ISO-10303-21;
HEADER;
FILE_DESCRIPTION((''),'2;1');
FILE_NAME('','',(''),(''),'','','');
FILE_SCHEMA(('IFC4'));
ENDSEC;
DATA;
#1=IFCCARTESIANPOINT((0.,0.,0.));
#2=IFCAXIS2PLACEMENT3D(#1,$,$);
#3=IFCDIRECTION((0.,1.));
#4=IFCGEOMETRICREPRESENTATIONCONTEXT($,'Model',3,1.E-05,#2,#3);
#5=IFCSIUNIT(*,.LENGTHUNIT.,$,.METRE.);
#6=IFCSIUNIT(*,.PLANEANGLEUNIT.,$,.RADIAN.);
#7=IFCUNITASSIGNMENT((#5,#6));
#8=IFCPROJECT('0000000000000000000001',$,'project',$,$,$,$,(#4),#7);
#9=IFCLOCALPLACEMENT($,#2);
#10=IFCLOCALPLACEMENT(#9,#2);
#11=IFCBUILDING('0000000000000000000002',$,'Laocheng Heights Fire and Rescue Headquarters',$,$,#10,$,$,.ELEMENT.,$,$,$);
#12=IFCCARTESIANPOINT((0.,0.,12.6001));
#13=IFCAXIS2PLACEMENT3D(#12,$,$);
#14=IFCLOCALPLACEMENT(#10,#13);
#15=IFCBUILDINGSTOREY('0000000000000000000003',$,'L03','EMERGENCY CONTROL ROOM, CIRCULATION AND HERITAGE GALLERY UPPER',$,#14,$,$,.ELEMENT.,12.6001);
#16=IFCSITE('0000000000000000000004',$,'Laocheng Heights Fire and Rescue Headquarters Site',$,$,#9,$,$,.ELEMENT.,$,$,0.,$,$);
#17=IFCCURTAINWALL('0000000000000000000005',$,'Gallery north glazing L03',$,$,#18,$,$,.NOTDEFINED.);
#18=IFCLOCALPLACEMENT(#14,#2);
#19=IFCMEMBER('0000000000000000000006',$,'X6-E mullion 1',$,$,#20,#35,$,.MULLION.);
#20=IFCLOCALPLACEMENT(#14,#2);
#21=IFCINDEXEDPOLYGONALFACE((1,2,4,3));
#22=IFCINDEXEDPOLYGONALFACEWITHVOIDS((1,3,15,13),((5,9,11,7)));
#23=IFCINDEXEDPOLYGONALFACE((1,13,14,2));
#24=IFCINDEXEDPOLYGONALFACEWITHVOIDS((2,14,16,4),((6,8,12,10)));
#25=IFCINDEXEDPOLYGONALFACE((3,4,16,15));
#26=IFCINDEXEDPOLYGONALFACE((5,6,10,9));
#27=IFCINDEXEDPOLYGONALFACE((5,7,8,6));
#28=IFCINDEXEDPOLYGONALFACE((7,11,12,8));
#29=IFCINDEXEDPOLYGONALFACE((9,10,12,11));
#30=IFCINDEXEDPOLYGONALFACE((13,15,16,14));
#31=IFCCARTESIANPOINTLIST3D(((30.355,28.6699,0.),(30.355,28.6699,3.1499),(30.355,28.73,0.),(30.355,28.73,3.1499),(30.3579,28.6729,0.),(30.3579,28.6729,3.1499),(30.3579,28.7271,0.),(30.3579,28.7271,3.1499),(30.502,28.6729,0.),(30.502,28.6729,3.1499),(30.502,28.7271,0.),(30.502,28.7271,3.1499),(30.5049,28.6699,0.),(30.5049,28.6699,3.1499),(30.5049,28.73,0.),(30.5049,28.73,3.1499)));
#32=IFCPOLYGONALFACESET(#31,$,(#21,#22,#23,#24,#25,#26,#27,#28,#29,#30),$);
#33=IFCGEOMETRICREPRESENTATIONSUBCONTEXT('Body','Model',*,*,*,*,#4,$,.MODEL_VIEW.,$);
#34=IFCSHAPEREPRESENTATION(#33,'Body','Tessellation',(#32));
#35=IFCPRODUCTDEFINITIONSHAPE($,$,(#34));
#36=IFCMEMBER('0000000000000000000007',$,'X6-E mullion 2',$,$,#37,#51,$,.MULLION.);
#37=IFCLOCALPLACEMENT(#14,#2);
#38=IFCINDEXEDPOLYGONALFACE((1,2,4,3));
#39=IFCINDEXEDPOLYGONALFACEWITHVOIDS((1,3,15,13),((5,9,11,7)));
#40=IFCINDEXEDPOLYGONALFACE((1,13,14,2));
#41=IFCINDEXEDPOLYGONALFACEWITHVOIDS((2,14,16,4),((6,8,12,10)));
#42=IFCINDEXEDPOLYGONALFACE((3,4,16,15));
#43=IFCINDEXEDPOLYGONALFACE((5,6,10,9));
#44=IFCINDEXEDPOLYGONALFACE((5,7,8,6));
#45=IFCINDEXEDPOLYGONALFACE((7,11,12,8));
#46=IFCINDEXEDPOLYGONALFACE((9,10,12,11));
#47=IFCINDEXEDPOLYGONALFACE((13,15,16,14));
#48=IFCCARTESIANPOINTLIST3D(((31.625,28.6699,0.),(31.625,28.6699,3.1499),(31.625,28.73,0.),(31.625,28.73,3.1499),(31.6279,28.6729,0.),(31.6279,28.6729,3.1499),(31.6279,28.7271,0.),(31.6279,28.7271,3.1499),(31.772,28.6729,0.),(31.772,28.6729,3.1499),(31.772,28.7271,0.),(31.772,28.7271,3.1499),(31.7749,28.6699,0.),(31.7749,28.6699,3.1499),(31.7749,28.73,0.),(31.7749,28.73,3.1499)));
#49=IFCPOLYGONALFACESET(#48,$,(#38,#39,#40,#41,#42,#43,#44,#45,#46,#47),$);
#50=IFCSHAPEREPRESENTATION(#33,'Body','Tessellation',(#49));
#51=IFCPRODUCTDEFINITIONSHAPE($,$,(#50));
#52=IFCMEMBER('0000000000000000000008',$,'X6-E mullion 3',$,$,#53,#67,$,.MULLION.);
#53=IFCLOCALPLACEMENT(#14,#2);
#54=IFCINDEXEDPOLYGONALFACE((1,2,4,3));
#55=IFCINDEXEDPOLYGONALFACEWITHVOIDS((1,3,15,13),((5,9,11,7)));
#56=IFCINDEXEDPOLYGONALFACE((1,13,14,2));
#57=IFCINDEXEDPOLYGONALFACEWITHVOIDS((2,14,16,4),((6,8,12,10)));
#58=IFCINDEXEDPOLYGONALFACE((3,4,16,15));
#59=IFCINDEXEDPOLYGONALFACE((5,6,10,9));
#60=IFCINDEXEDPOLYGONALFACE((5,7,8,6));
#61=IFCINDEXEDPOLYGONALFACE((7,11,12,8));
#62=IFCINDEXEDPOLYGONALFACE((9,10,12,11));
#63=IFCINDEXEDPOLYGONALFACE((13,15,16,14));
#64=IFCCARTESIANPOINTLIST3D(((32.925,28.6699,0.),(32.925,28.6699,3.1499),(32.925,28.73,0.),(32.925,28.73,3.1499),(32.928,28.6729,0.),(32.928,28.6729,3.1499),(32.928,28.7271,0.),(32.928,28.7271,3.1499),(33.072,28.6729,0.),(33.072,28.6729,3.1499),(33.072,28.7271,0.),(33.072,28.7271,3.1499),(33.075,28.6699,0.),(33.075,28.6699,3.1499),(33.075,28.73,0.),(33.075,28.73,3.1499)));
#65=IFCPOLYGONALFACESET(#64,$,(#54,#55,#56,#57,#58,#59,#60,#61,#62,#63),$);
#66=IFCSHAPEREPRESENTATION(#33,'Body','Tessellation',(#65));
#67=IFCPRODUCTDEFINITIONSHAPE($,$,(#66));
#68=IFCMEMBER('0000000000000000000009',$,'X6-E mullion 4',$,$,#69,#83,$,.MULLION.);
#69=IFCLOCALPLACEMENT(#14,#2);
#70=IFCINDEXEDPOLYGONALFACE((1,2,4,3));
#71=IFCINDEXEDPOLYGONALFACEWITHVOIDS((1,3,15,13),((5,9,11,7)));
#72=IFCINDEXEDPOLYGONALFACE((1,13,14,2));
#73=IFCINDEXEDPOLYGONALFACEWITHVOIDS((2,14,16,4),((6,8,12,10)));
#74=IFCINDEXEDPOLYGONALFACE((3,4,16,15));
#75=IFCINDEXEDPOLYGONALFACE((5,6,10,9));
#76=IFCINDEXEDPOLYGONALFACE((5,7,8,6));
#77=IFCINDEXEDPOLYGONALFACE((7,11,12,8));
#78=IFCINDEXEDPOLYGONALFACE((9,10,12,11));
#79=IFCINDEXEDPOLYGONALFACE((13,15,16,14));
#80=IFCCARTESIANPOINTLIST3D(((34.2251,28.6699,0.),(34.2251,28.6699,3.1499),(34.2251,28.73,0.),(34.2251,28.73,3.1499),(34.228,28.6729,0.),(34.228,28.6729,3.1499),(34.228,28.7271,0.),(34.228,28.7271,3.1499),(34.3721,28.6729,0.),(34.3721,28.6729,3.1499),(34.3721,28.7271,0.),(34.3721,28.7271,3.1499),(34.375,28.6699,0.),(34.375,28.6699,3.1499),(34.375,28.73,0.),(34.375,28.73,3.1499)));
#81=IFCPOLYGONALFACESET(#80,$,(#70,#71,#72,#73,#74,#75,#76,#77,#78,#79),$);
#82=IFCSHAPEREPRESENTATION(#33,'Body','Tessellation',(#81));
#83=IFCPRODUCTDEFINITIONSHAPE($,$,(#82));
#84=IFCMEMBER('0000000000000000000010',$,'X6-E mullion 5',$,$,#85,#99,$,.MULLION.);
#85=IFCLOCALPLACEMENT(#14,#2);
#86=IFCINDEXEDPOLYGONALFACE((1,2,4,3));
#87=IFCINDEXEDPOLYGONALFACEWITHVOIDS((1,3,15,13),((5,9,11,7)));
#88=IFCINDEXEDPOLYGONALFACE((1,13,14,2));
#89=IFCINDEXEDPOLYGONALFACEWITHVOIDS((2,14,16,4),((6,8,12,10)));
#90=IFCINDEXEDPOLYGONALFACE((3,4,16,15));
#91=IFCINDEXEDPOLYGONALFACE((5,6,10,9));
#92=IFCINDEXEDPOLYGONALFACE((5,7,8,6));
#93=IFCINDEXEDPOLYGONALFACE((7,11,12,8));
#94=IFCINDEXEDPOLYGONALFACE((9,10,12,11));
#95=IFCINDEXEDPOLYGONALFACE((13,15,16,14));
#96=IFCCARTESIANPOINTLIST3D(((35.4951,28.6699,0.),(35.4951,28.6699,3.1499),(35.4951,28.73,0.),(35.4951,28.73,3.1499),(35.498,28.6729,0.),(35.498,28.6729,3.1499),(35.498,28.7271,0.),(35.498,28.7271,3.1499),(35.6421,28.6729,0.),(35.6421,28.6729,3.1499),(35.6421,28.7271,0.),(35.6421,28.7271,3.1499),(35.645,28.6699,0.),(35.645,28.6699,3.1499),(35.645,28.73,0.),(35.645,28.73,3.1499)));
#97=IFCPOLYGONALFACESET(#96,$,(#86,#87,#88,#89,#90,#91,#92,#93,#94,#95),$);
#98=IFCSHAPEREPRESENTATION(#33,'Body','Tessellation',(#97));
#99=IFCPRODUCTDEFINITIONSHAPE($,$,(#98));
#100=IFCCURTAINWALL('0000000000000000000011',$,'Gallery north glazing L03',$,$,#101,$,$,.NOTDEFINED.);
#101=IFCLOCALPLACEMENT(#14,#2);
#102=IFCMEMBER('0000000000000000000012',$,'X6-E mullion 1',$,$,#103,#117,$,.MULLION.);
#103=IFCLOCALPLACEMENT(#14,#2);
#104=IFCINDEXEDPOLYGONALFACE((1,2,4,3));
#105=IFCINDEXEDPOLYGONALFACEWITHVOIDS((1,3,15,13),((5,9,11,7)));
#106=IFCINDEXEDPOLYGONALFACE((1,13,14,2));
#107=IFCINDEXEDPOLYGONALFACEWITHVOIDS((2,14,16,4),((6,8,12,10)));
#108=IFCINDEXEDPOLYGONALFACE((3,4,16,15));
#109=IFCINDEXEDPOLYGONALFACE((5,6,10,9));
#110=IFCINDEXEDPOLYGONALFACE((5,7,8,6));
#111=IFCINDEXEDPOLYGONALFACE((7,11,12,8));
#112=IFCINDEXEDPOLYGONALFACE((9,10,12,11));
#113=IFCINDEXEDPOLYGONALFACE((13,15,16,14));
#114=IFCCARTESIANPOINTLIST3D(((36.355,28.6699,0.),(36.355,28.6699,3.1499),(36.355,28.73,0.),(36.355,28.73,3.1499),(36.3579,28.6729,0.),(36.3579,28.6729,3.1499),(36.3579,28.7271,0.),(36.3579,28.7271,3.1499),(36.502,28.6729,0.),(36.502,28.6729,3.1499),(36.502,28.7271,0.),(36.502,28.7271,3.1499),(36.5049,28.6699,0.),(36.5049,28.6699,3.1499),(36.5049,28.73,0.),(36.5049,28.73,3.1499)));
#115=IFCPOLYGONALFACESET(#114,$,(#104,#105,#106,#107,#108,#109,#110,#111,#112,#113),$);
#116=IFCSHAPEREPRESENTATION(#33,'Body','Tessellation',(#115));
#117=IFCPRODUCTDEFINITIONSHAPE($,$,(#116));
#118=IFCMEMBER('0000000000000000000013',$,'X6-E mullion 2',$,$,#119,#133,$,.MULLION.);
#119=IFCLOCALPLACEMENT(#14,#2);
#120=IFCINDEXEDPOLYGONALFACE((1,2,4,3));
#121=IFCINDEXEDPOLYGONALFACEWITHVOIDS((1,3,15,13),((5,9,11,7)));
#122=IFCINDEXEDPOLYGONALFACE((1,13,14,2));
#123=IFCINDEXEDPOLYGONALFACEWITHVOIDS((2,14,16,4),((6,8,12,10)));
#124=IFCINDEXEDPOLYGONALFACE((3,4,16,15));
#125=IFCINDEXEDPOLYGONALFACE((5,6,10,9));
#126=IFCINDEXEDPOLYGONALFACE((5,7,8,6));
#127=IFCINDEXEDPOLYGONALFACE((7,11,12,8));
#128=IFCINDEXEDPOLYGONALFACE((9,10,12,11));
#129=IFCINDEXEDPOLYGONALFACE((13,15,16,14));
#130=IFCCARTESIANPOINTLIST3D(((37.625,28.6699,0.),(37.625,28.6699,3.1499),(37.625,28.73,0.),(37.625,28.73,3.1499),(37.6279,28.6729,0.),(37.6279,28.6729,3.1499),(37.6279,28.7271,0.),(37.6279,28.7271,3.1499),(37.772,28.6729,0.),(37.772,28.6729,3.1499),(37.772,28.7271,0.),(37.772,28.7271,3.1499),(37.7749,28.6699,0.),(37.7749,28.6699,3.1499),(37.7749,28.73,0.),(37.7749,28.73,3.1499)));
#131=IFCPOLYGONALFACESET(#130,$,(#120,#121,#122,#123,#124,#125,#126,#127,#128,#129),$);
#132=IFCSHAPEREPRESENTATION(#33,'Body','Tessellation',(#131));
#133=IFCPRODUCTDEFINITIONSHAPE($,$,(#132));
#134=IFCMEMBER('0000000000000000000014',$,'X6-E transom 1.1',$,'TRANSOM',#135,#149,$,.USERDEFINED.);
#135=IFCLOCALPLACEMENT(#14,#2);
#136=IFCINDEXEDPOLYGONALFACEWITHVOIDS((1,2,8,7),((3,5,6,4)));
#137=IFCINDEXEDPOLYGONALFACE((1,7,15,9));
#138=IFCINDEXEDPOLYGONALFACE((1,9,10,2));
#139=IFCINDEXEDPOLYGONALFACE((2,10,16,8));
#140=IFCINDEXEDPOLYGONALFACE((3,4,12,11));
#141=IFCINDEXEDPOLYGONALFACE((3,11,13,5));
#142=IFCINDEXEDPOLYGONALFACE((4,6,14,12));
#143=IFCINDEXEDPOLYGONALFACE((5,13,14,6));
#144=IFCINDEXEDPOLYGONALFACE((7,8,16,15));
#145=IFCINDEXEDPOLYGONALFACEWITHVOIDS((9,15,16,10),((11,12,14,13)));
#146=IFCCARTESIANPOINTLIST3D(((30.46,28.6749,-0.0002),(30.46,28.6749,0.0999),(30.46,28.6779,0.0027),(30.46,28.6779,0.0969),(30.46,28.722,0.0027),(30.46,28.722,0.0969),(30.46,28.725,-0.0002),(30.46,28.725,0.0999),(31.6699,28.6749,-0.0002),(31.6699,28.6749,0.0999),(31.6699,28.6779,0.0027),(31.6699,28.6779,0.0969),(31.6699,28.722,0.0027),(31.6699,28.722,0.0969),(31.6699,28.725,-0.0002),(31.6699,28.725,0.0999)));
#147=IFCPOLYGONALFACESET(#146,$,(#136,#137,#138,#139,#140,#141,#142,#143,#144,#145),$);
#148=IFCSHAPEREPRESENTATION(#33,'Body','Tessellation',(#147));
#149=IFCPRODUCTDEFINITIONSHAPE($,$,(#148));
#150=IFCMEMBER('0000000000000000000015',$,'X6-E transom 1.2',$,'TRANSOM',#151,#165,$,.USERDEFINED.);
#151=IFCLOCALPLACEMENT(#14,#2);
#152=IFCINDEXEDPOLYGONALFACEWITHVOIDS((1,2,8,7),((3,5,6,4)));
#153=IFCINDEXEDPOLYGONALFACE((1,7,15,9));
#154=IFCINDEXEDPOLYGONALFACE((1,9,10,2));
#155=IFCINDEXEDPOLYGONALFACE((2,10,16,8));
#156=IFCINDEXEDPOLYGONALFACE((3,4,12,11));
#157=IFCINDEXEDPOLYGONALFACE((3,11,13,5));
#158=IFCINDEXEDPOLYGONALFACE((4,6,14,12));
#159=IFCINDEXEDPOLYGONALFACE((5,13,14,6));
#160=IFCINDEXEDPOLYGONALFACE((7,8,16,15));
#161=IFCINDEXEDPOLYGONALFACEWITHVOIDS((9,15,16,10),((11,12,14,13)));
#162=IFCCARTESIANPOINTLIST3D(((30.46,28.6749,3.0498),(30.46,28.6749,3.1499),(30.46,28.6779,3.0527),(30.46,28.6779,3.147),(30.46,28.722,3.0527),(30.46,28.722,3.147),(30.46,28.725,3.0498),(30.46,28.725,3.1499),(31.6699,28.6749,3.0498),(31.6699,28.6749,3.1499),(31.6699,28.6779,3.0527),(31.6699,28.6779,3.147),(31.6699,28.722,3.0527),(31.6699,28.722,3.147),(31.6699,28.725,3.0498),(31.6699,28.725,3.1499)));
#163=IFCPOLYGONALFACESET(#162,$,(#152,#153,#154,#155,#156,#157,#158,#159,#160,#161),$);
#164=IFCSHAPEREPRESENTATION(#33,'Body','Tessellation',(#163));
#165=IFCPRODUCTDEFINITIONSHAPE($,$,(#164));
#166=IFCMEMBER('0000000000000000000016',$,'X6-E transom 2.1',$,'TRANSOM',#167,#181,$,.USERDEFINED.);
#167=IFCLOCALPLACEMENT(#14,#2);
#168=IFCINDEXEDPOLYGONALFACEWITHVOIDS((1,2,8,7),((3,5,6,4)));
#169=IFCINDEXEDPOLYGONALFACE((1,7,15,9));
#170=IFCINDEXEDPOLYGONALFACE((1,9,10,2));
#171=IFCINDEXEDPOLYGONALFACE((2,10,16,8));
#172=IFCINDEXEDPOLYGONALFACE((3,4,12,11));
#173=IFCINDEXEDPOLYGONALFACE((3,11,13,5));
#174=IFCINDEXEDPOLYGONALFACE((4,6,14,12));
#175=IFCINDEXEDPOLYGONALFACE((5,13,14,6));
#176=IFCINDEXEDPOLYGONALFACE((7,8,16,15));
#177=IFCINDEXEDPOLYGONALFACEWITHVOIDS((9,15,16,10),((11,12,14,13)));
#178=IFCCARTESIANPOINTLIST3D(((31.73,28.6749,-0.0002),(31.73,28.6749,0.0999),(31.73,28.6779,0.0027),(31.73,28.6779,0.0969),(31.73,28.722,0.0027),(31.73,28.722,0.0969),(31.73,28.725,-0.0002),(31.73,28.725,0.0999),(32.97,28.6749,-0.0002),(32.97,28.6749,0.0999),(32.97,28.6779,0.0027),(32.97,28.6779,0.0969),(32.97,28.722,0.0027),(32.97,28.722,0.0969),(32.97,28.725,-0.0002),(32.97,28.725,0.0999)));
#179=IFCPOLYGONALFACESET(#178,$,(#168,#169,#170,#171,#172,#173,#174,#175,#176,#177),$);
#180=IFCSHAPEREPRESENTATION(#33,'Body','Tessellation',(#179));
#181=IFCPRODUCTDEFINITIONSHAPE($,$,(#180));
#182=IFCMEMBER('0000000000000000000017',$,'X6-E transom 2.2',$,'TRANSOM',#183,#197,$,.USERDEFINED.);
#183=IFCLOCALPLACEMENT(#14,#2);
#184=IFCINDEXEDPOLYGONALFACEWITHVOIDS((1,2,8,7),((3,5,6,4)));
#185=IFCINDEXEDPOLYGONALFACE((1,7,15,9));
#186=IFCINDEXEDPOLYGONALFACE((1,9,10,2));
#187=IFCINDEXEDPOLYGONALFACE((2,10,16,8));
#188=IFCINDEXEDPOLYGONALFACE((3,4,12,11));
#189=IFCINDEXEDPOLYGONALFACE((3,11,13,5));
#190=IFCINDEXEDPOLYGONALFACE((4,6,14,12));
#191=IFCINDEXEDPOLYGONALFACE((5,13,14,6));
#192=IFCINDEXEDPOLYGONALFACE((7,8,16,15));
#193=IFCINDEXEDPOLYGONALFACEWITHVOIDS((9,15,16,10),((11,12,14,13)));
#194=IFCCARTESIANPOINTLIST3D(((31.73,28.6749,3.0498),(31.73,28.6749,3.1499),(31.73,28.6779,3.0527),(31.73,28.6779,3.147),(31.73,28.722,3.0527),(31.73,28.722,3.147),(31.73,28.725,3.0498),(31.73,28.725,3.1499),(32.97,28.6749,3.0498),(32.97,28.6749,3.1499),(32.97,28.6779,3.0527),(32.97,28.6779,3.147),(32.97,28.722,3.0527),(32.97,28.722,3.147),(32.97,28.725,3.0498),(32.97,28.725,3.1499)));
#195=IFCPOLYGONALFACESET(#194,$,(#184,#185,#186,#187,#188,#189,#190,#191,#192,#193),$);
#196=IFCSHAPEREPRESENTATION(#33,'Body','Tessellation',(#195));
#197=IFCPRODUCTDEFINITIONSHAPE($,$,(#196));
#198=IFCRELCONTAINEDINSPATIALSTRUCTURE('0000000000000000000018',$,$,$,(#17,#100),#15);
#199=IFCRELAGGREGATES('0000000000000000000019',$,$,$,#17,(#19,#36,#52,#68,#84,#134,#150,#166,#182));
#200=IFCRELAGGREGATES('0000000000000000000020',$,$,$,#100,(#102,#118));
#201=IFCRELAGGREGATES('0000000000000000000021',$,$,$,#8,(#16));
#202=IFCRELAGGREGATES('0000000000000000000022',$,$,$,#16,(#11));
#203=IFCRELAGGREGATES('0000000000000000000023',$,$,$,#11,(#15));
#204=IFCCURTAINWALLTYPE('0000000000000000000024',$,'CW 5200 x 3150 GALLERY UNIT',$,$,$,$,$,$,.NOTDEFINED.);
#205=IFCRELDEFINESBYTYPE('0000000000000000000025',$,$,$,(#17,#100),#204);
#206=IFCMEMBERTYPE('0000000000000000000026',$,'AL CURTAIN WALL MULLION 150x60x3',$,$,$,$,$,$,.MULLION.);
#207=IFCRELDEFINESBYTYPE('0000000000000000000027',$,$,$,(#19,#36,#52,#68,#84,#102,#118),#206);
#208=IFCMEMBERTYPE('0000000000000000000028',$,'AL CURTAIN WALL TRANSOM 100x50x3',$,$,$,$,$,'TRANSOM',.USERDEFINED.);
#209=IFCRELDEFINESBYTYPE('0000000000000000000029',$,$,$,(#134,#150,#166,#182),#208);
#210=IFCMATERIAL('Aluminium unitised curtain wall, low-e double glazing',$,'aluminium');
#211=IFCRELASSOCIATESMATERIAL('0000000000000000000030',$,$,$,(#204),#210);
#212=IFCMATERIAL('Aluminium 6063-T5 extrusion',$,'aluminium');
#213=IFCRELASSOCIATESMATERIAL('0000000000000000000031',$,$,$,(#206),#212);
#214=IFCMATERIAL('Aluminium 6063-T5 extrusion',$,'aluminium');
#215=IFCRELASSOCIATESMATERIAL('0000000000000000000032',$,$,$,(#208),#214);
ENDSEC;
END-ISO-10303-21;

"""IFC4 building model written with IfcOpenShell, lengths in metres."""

from ifc_helpers import new_model, si_unit, direction, frame, origin, origin_2d, place, context, subcontext, project, spatial, hollow_rectangle, extrude, material, material_profile, profile_set, type_object, element, aggregate, save


model = new_model("IFC4")

# Units and contexts
model_context = context("Model", 3, precision=1e-05, world=origin(), true_north=direction((0.0, 1.0)))
body_context = subcontext(model_context, "Body", "Model", "MODEL_VIEW")
ifc_project = project(units=[si_unit("LENGTHUNIT", "METRE"), si_unit("PLANEANGLEUNIT", "RADIAN")], contexts=[model_context])

# Site, building, storey
site_placement = place(None, origin())
site = spatial("IfcSite", under=ifc_project, at=site_placement, Name="Laocheng Heights Fire and Rescue Headquarters Site", CompositionType="ELEMENT", RefElevation=0.0)
building_placement = place(site_placement, origin())
building = spatial("IfcBuilding", under=site, at=building_placement, Name="Laocheng Heights Fire and Rescue Headquarters", CompositionType="ELEMENT")
storey_placement = place(building_placement, frame((0.0, 0.0, 12.6001)))
storey = spatial("IfcBuildingStorey", under=building, at=storey_placement, Name="L03", Description="EMERGENCY CONTROL ROOM, CIRCULATION AND HERITAGE GALLERY UPPER", CompositionType="ELEMENT", Elevation=12.6001)

# Curtain walls, members
ifc_material_1 = material(Name="Aluminium unitised curtain wall, low-e double glazing", Category="aluminium")
curtain_wall_type = type_object("IfcCurtainWallType", Name="CW 5200 x 3150 GALLERY UNIT", PredefinedType="NOTDEFINED", material=ifc_material_1)
curtain_wall_1_placement = place(storey_placement, origin())
curtain_wall_1 = element("IfcCurtainWall", 1, at=curtain_wall_1_placement, inside=storey, type_object=curtain_wall_type, Name="Gallery north glazing L03", PredefinedType="NOTDEFINED")
ifc_material_2 = material(Name="Aluminium 6063-T5 extrusion", Category="aluminium")
ifc_material_profile_1 = material_profile(ifc_material_2, hollow_rectangle(XDim=0.0601, YDim=0.1499, WallThickness=0.0029, at=origin_2d()), Name="AL MULLION 150x60x3")
ifc_profile_set_1 = profile_set([ifc_material_profile_1], Name="Aluminium 6063-T5 extrusion")
member_type_1 = type_object("IfcMemberType", Name="AL CURTAIN WALL MULLION 150x60x3", PredefinedType="MULLION", material=ifc_profile_set_1)
member_1_placement = place(storey_placement, frame((30.4299, 28.7, 0.0), z_axis=(0.0, 0.0, 1.0), x_axis=(0.0, 1.0, 0.0)))
member_1 = element("IfcMember", 2, at=member_1_placement, type_object=member_type_1, Name="X6-E mullion 1", PredefinedType="MULLION", context=body_context, shape_type="SweptSolid", body=[
    extrude(hollow_rectangle(XDim=0.0601, YDim=0.1499, WallThickness=0.0029, at=origin_2d()), origin(), (0.0, 0.0, 1.0), 3.1499),
])
member_2_placement = place(storey_placement, frame((31.7, 28.7, 0.0), z_axis=(0.0, 0.0, 1.0), x_axis=(0.0, 1.0, 0.0)))
member_2 = element("IfcMember", 3, at=member_2_placement, type_object=member_type_1, Name="X6-E mullion 2", PredefinedType="MULLION", context=body_context, shape_type="SweptSolid", body=[
    extrude(hollow_rectangle(XDim=0.0601, YDim=0.1499, WallThickness=0.0029, at=origin_2d()), origin(), (0.0, 0.0, 1.0), 3.1499),
])
member_3_placement = place(storey_placement, frame((33.0, 28.7, 0.0), z_axis=(0.0, 0.0, 1.0), x_axis=(0.0, 1.0, 0.0)))
member_3 = element("IfcMember", 4, at=member_3_placement, type_object=member_type_1, Name="X6-E mullion 3", PredefinedType="MULLION", context=body_context, shape_type="SweptSolid", body=[
    extrude(hollow_rectangle(XDim=0.0601, YDim=0.1499, WallThickness=0.0029, at=origin_2d()), origin(), (0.0, 0.0, 1.0), 3.1499),
])
member_4_placement = place(storey_placement, frame((34.3, 28.7, 0.0), z_axis=(0.0, 0.0, 1.0), x_axis=(0.0, 1.0, 0.0)))
member_4 = element("IfcMember", 5, at=member_4_placement, type_object=member_type_1, Name="X6-E mullion 4", PredefinedType="MULLION", context=body_context, shape_type="SweptSolid", body=[
    extrude(hollow_rectangle(XDim=0.0601, YDim=0.1499, WallThickness=0.0029, at=origin_2d()), origin(), (0.0, 0.0, 1.0), 3.1499),
])
member_5_placement = place(storey_placement, frame((35.5701, 28.7, 0.0), z_axis=(0.0, 0.0, 1.0), x_axis=(0.0, 1.0, 0.0)))
member_5 = element("IfcMember", 6, at=member_5_placement, type_object=member_type_1, Name="X6-E mullion 5", PredefinedType="MULLION", context=body_context, shape_type="SweptSolid", body=[
    extrude(hollow_rectangle(XDim=0.0601, YDim=0.1499, WallThickness=0.0029, at=origin_2d()), origin(), (0.0, 0.0, 1.0), 3.1499),
])
curtain_wall_2_placement = place(storey_placement, origin())
curtain_wall_2 = element("IfcCurtainWall", 7, at=curtain_wall_2_placement, inside=storey, type_object=curtain_wall_type, Name="Gallery north glazing L03", PredefinedType="NOTDEFINED")
member_6_placement = place(storey_placement, frame((36.4299, 28.7, 0.0), z_axis=(0.0, 0.0, 1.0), x_axis=(0.0, 1.0, 0.0)))
member_6 = element("IfcMember", 8, at=member_6_placement, type_object=member_type_1, Name="X6-E mullion 1", PredefinedType="MULLION", context=body_context, shape_type="SweptSolid", body=[
    extrude(hollow_rectangle(XDim=0.0601, YDim=0.1499, WallThickness=0.0029, at=origin_2d()), origin(), (0.0, 0.0, 1.0), 3.1499),
])
member_7_placement = place(storey_placement, frame((37.7, 28.7, 0.0), z_axis=(0.0, 0.0, 1.0), x_axis=(0.0, 1.0, 0.0)))
member_7 = element("IfcMember", 9, at=member_7_placement, type_object=member_type_1, Name="X6-E mullion 2", PredefinedType="MULLION", context=body_context, shape_type="SweptSolid", body=[
    extrude(hollow_rectangle(XDim=0.0601, YDim=0.1499, WallThickness=0.0029, at=origin_2d()), origin(), (0.0, 0.0, 1.0), 3.1499),
])

# Members
ifc_material_3 = material(Name="Aluminium 6063-T5 extrusion", Category="aluminium")
ifc_material_profile_2 = material_profile(ifc_material_3, hollow_rectangle(XDim=0.05, YDim=0.1001, WallThickness=0.0029, at=origin_2d()), Name="AL TRANSOM 100x50x3")
ifc_profile_set_2 = profile_set([ifc_material_profile_2], Name="Aluminium 6063-T5 extrusion")
member_type_2 = type_object("IfcMemberType", Name="AL CURTAIN WALL TRANSOM 100x50x3", ElementType="TRANSOM", PredefinedType="USERDEFINED", material=ifc_profile_set_2)
member_8_placement = place(storey_placement, frame((30.46, 28.7, 0.0498), z_axis=(1.0, 0.0, 0.0), x_axis=(0.0, 1.0, 0.0)))
member_8 = element("IfcMember", 10, at=member_8_placement, type_object=member_type_2, Name="X6-E transom 1.1", ObjectType="TRANSOM", PredefinedType="USERDEFINED", context=body_context, shape_type="SweptSolid", body=[
    extrude(hollow_rectangle(XDim=0.05, YDim=0.1001, WallThickness=0.0029, at=origin_2d()), origin(), (0.0, 0.0, 1.0), 1.21),
])
member_9_placement = place(storey_placement, frame((30.46, 28.7, 3.0999), z_axis=(1.0, 0.0, 0.0), x_axis=(0.0, 1.0, 0.0)))
member_9 = element("IfcMember", 11, at=member_9_placement, type_object=member_type_2, Name="X6-E transom 1.2", ObjectType="TRANSOM", PredefinedType="USERDEFINED", context=body_context, shape_type="SweptSolid", body=[
    extrude(hollow_rectangle(XDim=0.05, YDim=0.1001, WallThickness=0.0029, at=origin_2d()), origin(), (0.0, 0.0, 1.0), 1.21),
])
member_10_placement = place(storey_placement, frame((31.73, 28.7, 0.0498), z_axis=(1.0, 0.0, 0.0), x_axis=(0.0, 1.0, 0.0)))
member_10 = element("IfcMember", 12, at=member_10_placement, type_object=member_type_2, Name="X6-E transom 2.1", ObjectType="TRANSOM", PredefinedType="USERDEFINED", context=body_context, shape_type="SweptSolid", body=[
    extrude(hollow_rectangle(XDim=0.05, YDim=0.1001, WallThickness=0.0029, at=origin_2d()), origin(), (0.0, 0.0, 1.0), 1.24),
])
member_11_placement = place(storey_placement, frame((31.73, 28.7, 3.0999), z_axis=(1.0, 0.0, 0.0), x_axis=(0.0, 1.0, 0.0)))
member_11 = element("IfcMember", 13, at=member_11_placement, type_object=member_type_2, Name="X6-E transom 2.2", ObjectType="TRANSOM", PredefinedType="USERDEFINED", context=body_context, shape_type="SweptSolid", body=[
    extrude(hollow_rectangle(XDim=0.05, YDim=0.1001, WallThickness=0.0029, at=origin_2d()), origin(), (0.0, 0.0, 1.0), 1.24),
])

aggregate(curtain_wall_1, [member_1, member_2, member_3, member_4, member_5, member_8, member_9, member_10, member_11])
aggregate(curtain_wall_2, [member_6, member_7])

save(model, "model.ifc")
